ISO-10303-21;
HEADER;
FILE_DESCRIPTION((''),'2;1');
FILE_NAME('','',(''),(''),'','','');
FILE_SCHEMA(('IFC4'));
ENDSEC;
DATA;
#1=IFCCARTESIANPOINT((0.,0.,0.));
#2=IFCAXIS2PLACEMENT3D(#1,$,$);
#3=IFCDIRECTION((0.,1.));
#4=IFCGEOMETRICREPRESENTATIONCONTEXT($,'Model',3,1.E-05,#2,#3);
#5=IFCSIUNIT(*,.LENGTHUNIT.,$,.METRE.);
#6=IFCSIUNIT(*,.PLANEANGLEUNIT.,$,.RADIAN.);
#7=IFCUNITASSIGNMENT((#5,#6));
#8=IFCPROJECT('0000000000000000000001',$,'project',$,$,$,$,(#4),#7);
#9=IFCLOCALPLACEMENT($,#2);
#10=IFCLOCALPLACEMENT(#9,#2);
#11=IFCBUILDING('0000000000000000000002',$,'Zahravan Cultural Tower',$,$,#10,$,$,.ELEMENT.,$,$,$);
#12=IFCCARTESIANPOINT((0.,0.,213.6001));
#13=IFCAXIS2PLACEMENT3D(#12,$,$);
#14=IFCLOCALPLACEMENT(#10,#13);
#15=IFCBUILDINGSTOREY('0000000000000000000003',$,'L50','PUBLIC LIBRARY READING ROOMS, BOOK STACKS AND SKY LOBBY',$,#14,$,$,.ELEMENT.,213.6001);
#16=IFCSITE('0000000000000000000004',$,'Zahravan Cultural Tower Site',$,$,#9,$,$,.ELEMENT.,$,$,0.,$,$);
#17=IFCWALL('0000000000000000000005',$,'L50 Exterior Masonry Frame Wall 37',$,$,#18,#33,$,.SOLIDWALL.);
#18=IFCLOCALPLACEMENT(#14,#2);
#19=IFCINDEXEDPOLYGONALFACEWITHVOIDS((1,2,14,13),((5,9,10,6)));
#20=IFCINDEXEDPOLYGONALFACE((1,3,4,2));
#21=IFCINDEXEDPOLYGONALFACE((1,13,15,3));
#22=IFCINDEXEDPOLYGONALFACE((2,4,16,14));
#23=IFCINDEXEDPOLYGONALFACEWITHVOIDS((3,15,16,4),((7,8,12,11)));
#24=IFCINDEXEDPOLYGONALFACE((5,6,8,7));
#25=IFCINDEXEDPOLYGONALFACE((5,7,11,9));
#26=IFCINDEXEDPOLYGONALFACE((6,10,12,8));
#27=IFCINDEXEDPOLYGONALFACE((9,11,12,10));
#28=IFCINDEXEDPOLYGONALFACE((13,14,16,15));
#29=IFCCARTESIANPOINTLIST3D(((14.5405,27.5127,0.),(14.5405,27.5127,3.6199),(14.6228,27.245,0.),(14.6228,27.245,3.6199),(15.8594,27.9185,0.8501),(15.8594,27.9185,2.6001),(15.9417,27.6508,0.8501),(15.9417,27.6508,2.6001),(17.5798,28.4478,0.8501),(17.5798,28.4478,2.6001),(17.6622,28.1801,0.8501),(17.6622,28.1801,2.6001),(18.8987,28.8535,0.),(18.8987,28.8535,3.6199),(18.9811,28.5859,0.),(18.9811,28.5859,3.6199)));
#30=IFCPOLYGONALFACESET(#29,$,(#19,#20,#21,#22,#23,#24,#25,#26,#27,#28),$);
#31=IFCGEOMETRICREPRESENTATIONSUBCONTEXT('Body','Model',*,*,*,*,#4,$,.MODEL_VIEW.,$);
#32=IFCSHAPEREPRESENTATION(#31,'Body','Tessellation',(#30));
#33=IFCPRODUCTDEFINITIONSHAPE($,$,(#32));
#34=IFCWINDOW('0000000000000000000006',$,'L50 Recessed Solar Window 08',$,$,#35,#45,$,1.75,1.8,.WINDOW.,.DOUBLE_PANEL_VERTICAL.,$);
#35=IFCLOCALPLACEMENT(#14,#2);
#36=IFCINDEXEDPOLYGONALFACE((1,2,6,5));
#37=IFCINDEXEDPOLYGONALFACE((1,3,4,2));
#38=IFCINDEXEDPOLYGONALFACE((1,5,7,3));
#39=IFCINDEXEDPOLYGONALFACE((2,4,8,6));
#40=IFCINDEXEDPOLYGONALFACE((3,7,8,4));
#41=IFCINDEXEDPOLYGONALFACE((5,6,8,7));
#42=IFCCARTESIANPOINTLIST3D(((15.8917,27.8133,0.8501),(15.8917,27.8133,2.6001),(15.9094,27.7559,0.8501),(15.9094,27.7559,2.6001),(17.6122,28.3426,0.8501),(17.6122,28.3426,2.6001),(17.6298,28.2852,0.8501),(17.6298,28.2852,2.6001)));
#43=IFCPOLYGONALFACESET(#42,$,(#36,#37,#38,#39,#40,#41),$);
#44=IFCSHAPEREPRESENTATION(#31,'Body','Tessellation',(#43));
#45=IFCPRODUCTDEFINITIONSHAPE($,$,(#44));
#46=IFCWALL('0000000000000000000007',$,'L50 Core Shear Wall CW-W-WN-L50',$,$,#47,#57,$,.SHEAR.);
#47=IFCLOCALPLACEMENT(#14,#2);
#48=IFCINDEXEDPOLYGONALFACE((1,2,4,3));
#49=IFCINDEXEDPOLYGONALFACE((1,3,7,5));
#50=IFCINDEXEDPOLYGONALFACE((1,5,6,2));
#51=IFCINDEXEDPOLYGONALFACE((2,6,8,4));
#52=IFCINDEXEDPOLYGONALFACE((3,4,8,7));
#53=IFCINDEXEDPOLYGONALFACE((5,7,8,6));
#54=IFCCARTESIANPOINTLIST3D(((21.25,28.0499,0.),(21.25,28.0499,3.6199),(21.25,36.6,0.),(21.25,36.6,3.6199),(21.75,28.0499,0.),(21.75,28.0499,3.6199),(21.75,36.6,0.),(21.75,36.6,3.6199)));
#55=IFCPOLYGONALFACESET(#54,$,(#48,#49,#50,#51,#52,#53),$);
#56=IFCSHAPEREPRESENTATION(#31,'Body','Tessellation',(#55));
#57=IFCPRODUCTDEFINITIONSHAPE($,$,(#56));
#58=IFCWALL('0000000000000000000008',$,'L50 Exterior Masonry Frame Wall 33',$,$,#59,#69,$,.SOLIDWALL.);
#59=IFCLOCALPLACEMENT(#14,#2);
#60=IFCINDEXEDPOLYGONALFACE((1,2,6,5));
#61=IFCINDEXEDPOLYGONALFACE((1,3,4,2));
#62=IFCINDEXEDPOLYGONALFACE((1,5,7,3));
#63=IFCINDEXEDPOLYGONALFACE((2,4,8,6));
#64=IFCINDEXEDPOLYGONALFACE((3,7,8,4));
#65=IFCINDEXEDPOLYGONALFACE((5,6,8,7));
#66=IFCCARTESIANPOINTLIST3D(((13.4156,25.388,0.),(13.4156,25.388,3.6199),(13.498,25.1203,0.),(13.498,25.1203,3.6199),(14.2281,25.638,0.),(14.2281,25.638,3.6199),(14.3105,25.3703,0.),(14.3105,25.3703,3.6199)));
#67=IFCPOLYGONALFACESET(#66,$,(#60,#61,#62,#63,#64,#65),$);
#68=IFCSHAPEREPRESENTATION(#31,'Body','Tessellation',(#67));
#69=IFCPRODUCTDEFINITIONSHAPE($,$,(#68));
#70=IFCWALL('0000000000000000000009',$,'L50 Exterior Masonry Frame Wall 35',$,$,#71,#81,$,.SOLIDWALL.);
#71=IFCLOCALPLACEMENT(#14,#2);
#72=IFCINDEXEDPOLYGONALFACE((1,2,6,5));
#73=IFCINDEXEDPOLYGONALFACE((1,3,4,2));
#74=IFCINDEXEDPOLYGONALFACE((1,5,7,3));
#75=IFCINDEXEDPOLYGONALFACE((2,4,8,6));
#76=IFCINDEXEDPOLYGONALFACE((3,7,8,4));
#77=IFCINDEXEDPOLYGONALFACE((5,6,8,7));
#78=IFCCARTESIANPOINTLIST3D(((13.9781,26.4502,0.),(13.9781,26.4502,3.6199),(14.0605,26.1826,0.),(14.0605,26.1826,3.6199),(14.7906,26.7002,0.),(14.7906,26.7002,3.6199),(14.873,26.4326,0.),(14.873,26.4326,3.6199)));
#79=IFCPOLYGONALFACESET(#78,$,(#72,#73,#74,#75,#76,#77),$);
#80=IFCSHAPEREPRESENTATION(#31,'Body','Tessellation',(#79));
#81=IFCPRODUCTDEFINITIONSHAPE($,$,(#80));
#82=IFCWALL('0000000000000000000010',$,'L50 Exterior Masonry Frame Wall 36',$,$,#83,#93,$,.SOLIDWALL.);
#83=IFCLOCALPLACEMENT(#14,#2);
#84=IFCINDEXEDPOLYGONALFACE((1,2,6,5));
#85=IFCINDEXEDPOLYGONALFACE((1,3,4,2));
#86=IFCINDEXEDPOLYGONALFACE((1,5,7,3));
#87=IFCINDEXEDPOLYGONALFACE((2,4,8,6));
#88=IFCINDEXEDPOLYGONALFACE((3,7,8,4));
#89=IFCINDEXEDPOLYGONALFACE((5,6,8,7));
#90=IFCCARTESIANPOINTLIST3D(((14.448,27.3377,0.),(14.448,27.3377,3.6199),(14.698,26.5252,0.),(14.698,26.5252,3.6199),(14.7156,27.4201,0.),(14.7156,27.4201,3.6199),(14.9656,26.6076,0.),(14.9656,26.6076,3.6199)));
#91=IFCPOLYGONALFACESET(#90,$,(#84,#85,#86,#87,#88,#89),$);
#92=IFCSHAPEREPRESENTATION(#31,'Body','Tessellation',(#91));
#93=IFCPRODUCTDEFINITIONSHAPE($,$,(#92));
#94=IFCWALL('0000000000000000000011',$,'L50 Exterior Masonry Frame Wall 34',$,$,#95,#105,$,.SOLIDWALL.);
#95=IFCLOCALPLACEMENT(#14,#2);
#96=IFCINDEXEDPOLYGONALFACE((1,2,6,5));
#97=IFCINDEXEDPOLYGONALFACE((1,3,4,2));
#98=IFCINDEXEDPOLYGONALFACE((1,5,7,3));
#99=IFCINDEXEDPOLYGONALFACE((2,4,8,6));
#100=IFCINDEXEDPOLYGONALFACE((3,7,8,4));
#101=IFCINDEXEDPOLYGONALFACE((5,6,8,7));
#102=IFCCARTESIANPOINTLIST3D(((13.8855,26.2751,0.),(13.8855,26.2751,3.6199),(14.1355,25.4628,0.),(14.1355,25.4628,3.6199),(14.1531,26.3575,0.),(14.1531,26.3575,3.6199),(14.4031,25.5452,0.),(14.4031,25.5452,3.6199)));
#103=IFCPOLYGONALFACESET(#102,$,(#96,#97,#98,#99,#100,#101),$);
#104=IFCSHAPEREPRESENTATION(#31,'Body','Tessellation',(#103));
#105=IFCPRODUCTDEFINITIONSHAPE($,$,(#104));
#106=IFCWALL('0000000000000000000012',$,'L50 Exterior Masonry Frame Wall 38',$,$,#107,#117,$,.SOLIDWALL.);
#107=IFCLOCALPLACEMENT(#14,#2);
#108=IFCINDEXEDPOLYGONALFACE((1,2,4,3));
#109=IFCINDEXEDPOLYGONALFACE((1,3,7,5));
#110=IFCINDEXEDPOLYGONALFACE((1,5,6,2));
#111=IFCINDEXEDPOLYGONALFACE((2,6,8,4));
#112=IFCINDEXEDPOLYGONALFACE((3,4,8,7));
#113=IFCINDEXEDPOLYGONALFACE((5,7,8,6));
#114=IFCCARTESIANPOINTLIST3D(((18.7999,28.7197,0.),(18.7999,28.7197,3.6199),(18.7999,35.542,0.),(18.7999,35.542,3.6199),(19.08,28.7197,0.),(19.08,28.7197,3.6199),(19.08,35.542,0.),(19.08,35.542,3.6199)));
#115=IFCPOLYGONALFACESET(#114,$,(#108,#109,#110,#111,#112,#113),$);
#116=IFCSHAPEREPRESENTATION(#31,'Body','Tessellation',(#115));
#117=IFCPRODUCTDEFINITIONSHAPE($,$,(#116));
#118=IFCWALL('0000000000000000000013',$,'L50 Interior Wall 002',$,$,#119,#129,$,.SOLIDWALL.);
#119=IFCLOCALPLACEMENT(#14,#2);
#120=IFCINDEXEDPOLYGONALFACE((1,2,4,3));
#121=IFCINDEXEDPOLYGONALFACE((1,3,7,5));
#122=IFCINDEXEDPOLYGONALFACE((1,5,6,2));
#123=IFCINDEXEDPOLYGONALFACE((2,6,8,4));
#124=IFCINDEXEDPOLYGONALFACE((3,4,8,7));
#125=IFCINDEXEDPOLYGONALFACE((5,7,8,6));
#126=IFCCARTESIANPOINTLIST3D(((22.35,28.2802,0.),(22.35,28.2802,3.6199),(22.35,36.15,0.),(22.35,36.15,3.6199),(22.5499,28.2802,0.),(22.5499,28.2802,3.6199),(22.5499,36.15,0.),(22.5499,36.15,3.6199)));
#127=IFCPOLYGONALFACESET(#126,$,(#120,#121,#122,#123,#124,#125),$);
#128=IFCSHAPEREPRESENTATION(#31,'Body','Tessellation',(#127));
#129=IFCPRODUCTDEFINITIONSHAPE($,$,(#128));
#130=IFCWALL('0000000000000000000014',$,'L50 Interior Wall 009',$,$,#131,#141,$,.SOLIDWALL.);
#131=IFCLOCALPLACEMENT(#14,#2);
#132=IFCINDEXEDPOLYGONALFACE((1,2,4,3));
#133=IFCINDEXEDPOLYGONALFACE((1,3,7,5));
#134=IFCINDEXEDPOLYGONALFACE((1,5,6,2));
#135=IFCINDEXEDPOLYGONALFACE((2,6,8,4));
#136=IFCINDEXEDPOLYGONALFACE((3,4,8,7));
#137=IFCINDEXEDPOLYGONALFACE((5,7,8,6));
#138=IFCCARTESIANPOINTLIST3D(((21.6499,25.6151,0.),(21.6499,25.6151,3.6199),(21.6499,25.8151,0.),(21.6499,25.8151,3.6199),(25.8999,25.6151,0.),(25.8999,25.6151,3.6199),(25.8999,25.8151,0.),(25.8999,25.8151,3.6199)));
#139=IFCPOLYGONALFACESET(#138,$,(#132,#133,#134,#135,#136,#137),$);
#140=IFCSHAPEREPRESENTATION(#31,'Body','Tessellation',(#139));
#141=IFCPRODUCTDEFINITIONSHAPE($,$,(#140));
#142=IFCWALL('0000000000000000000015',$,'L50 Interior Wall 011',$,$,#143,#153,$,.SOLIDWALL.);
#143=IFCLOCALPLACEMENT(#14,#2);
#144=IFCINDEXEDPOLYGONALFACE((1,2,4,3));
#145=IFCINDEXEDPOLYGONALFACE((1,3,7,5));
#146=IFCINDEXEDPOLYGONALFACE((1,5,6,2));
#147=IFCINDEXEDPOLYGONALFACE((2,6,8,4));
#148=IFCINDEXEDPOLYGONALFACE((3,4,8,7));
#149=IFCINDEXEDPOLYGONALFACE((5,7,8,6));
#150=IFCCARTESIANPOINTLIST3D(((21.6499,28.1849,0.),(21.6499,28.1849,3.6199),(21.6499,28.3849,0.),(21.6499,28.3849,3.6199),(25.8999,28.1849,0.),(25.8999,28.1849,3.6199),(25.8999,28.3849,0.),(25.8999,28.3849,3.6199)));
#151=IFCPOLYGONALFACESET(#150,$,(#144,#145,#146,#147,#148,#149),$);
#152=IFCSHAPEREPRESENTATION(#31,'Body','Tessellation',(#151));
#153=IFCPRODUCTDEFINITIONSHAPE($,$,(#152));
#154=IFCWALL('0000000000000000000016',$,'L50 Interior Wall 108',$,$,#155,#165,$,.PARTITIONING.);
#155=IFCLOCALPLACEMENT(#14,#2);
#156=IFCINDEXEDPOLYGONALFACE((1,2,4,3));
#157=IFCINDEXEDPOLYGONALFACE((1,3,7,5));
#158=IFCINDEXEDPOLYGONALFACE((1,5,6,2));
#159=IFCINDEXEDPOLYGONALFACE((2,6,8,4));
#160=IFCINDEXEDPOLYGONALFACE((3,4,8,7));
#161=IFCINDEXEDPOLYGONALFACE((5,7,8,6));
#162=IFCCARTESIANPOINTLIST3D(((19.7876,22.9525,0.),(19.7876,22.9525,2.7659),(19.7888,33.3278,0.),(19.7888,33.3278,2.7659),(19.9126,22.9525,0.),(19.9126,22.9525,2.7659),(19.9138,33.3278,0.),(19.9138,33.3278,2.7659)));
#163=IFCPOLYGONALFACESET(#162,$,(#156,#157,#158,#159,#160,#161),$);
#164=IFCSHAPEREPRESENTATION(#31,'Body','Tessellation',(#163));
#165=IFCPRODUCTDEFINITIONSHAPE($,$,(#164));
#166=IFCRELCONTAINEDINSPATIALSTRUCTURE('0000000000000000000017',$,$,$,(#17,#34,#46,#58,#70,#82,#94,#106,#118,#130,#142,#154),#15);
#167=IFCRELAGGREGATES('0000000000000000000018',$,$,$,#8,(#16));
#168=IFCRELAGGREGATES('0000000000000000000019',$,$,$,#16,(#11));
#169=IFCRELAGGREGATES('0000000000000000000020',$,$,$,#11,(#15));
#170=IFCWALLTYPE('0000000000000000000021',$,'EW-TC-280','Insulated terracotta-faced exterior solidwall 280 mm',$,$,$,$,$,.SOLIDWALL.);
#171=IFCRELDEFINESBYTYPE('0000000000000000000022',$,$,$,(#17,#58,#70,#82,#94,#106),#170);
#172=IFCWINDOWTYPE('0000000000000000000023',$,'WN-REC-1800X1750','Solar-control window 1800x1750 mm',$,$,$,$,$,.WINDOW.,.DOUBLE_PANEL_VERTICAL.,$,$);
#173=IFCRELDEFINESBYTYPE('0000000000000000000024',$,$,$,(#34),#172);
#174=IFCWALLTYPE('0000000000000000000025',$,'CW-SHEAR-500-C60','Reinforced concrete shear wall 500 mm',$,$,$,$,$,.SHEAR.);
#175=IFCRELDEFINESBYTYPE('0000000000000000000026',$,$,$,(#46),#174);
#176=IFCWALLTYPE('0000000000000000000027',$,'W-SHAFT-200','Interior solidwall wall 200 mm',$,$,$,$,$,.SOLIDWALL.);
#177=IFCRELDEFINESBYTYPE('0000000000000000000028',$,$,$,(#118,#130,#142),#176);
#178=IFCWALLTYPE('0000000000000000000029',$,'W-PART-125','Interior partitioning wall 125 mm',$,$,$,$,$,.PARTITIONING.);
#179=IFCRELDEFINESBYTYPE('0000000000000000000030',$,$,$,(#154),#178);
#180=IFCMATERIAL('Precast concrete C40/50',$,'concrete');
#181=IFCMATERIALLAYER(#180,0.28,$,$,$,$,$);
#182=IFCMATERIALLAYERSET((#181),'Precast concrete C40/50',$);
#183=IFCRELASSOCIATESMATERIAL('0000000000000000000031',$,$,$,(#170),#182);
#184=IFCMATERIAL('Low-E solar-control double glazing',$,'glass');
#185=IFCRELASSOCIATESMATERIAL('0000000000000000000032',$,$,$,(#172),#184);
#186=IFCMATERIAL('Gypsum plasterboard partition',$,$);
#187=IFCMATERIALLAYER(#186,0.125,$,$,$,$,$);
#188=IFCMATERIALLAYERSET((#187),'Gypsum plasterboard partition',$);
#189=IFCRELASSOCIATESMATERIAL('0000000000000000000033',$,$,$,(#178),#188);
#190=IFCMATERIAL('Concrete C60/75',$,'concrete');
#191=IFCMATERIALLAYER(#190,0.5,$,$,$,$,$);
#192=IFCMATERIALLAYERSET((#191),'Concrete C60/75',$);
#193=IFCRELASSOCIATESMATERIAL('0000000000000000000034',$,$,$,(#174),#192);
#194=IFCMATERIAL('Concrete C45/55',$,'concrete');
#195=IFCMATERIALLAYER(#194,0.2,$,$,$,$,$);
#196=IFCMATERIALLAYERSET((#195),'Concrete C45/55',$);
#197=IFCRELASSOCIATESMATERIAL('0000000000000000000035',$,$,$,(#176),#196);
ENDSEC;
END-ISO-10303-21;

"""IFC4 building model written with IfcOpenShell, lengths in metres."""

from ifc_helpers import new_model, si_unit, direction, frame, frame_2d, origin, place, context, subcontext, project, spatial, rectangle, extrude, source, transform, mapped, material, layer, layer_set, type_object, element, fill, save


model = new_model("IFC4")

# Units and contexts
model_context = context("Model", 3, precision=1e-05, world=origin(), true_north=direction((0.0, 1.0)))
body_context = subcontext(model_context, "Body", "Model", "MODEL_VIEW")
ifc_project = project(units=[si_unit("LENGTHUNIT", "METRE"), si_unit("PLANEANGLEUNIT", "RADIAN")], contexts=[model_context])

# Site, building, storey
site_placement = place(None, origin())
site = spatial("IfcSite", under=ifc_project, at=site_placement, Name="Zahravan Cultural Tower Site", CompositionType="ELEMENT", RefElevation=0.0)
building_placement = place(site_placement, origin())
building = spatial("IfcBuilding", under=site, at=building_placement, Name="Zahravan Cultural Tower", CompositionType="ELEMENT")
storey_placement = place(building_placement, frame((0.0, 0.0, 213.6001)))
storey = spatial("IfcBuildingStorey", under=building, at=storey_placement, Name="L50", Description="PUBLIC LIBRARY READING ROOMS, BOOK STACKS AND SKY LOBBY", CompositionType="ELEMENT", Elevation=213.6001)

# Wall, opening, window
ifc_material_1 = material(Name="Precast concrete C40/50", Category="concrete")
ifc_layer_1 = layer(ifc_material_1, 0.28)
ifc_layer_set_1 = layer_set([ifc_layer_1], Name="Precast concrete C40/50")
wall_type_1 = type_object("IfcWallType", Name="EW-TC-280", Description="Insulated terracotta-faced exterior solidwall 280 mm", PredefinedType="SOLIDWALL", material=ifc_layer_set_1)
wall_1_placement = place(storey_placement, frame((14.5818, 27.3789, 0.0), z_axis=(0.0, 0.0, 1.0), x_axis=(0.955788, 0.294056, 0.0)))
wall_1 = element("IfcWall", 1, at=wall_1_placement, inside=storey, type_object=wall_type_1, Name="L50 Exterior Masonry Frame Wall 37", PredefinedType="SOLIDWALL", context=body_context, shape_type="SweptSolid", body=[
    extrude(rectangle(XDim=4.5598, YDim=0.28, at=frame_2d((2.2798, 0.0))), origin(), (0.0, 0.0, 1.0), 3.6199),
])
opening_1_placement = place(wall_1_placement, frame((1.3799, 0.0, 0.8501)))
opening_1 = element("IfcOpeningElement", 2, at=opening_1_placement, cuts=wall_1, PredefinedType="OPENING", context=body_context, shape_type="SweptSolid", body=[
    extrude(rectangle(XDim=1.8, YDim=1.75, at=frame_2d((0.8999, 0.875))), frame((0.0, 0.1499, 0.0), z_axis=(0.0, -1.0, 0.0), x_axis=(1.0, 0.0, 0.0)), (0.0, 0.0, 1.0), 0.3),
])
ifc_material_2 = material(Name="Low-E solar-control double glazing", Category="glass")
window_type = type_object("IfcWindowType", Name="WN-REC-1800X1750", Description="Solar-control window 1800x1750 mm", PartitioningType="DOUBLE_PANEL_VERTICAL", PredefinedType="WINDOW", material=ifc_material_2)
shared_shape_1 = source(origin(), body_context, "Body", "SweptSolid", [
    extrude(rectangle(XDim=1.8, YDim=1.75, at=frame_2d((0.8999, 0.875))), frame((0.0, 0.03, 0.0), z_axis=(0.0, -1.0, 0.0), x_axis=(1.0, 0.0, 0.0)), (0.0, 0.0, 1.0), 0.0601),
])
window_placement = place(opening_1_placement, origin())
window = element("IfcWindow", 3, at=window_placement, inside=storey, type_object=window_type, Name="L50 Recessed Solar Window 08", OverallHeight=1.75, OverallWidth=1.8, PartitioningType="DOUBLE_PANEL_VERTICAL", PredefinedType="WINDOW", context=body_context, shape_type="MappedRepresentation", body=[
    mapped(shared_shape_1, transform((0.0, 0.0, 0.0), x_axis=(1.0, 0.0, 0.0), y_axis=(0.0, 1.0, 0.0), z_axis=(0.0, 0.0, 1.0), scale=1.0)),
])
fill(opening_1, window)

# Shared definitions
ifc_material_3 = material(Name="Gypsum plasterboard partition")
ifc_layer_2 = layer(ifc_material_3, 0.125)
ifc_layer_set_2 = layer_set([ifc_layer_2], Name="Gypsum plasterboard partition")
wall_type_2 = type_object("IfcWallType", Name="W-PART-125", Description="Interior partitioning wall 125 mm", PredefinedType="PARTITIONING", material=ifc_layer_set_2)

# Walls
ifc_material_4 = material(Name="Concrete C60/75", Category="concrete")
ifc_layer_3 = layer(ifc_material_4, 0.5)
ifc_layer_set_3 = layer_set([ifc_layer_3], Name="Concrete C60/75")
wall_type_3 = type_object("IfcWallType", Name="CW-SHEAR-500-C60", Description="Reinforced concrete shear wall 500 mm", PredefinedType="SHEAR", material=ifc_layer_set_3)
shared_shape_2 = source(origin(), body_context, "Body", "SweptSolid", [
    extrude(rectangle(XDim=8.55, YDim=0.5, at=frame_2d((4.2749, 0.0))), origin(), (0.0, 0.0, 1.0), 3.6199),
])
wall_2_placement = place(storey_placement, frame((21.5, 28.05, 0.0), z_axis=(0.0, 0.0, 1.0), x_axis=(0.0, 1.0, 0.0)))
element("IfcWall", 4, at=wall_2_placement, inside=storey, type_object=wall_type_3, Name="L50 Core Shear Wall CW-W-WN-L50", PredefinedType="SHEAR", context=body_context, shape_type="MappedRepresentation", body=[
    mapped(shared_shape_2, transform((0.0, 0.0, 0.0), x_axis=(1.0, 0.0, 0.0), y_axis=(0.0, 1.0, 0.0), z_axis=(0.0, 0.0, 1.0), scale=1.0)),
])
shared_shape_3 = source(origin(), body_context, "Body", "SweptSolid", [
    extrude(rectangle(XDim=0.8501, YDim=0.28, at=frame_2d((0.425, 0.0))), origin(), (0.0, 0.0, 1.0), 3.6199),
])
for number, where, z_axis, x_axis, name in (
    (5, (13.4568, 25.2542, 0.0), (0.0, 0.0, 1.0), (0.955779, 0.294086, 0.0), "L50 Exterior Masonry Frame Wall 33"),
    (6, (14.0193, 26.3164, 0.0), (0.0, 0.0, 1.0), (0.955779, 0.294086, 0.0), "L50 Exterior Masonry Frame Wall 35"),
    (7, (14.8318, 26.5664, 0.0), (0.0, 0.0, 1.0), (-0.294086, 0.955779, 0.0), "L50 Exterior Masonry Frame Wall 36"),
):
    element("IfcWall", number, at=place(storey_placement, frame(where, z_axis=z_axis, x_axis=x_axis)), inside=storey, type_object=wall_type_1, Name=name, PredefinedType="SOLIDWALL", context=body_context, shape_type="MappedRepresentation", body=[
        mapped(shared_shape_3, transform((0.0, 0.0, 0.0), x_axis=(1.0, 0.0, 0.0), y_axis=(0.0, 1.0, 0.0), z_axis=(0.0, 0.0, 1.0), scale=1.0)),
    ])
shared_shape_4 = source(origin(), body_context, "Body", "SweptSolid", [
    extrude(rectangle(XDim=0.8499, YDim=0.28, at=frame_2d((0.4248, 0.0))), origin(), (0.0, 0.0, 1.0), 3.6199),
])
wall_3_placement = place(storey_placement, frame((14.2693, 25.5042, 0.0), z_axis=(0.0, 0.0, 1.0), x_axis=(-0.294167, 0.955754, 0.0)))
element("IfcWall", 8, at=wall_3_placement, inside=storey, type_object=wall_type_1, Name="L50 Exterior Masonry Frame Wall 34", PredefinedType="SOLIDWALL", context=body_context, shape_type="MappedRepresentation", body=[
    mapped(shared_shape_4, transform((0.0, 0.0, 0.0), x_axis=(1.0, 0.0, 0.0), y_axis=(0.0, 1.0, 0.0), z_axis=(0.0, 0.0, 1.0), scale=1.0)),
])
shared_shape_5 = source(origin(), body_context, "Body", "SweptSolid", [
    extrude(rectangle(XDim=6.8223, YDim=0.28, at=frame_2d((3.4111, 0.0))), origin(), (0.0, 0.0, 1.0), 3.6199),
])
wall_4_placement = place(storey_placement, frame((18.9399, 28.7197, 0.0), z_axis=(0.0, 0.0, 1.0), x_axis=(0.0, 1.0, 0.0)))
element("IfcWall", 9, at=wall_4_placement, inside=storey, type_object=wall_type_1, Name="L50 Exterior Masonry Frame Wall 38", PredefinedType="SOLIDWALL", context=body_context, shape_type="MappedRepresentation", body=[
    mapped(shared_shape_5, transform((0.0, 0.0, 0.0), x_axis=(1.0, 0.0, 0.0), y_axis=(0.0, 1.0, 0.0), z_axis=(0.0, 0.0, 1.0), scale=1.0)),
])
ifc_material_5 = material(Name="Concrete C45/55", Category="concrete")
ifc_layer_4 = layer(ifc_material_5, 0.2)
ifc_layer_set_4 = layer_set([ifc_layer_4], Name="Concrete C45/55")
wall_type_4 = type_object("IfcWallType", Name="W-SHAFT-200", Description="Interior solidwall wall 200 mm", PredefinedType="SOLIDWALL", material=ifc_layer_set_4)
shared_shape_6 = source(origin(), body_context, "Body", "SweptSolid", [
    extrude(rectangle(XDim=7.8699, YDim=0.2, at=frame_2d((3.9351, 0.0))), origin(), (0.0, 0.0, 1.0), 3.6199),
])
wall_5_placement = place(storey_placement, frame((22.45, 28.28, 0.0), z_axis=(0.0, 0.0, 1.0), x_axis=(0.0, 1.0, 0.0)))
element("IfcWall", 10, at=wall_5_placement, inside=storey, type_object=wall_type_4, Name="L50 Interior Wall 002", PredefinedType="SOLIDWALL", context=body_context, shape_type="MappedRepresentation", body=[
    mapped(shared_shape_6, transform((0.0, 0.0, 0.0), x_axis=(1.0, 0.0, 0.0), y_axis=(0.0, 1.0, 0.0), z_axis=(0.0, 0.0, 1.0), scale=1.0)),
])
shared_shape_7 = source(origin(), body_context, "Body", "SweptSolid", [
    extrude(rectangle(XDim=4.25, YDim=0.2, at=frame_2d((2.125, 0.0))), origin(), (0.0, 0.0, 1.0), 3.6199),
])
for number, where, z_axis, x_axis, name in (
    (11, (21.6499, 25.7151, 0.0), (0.0, 0.0, 1.0), (1.0, 0.0, 0.0), "L50 Interior Wall 009"),
    (12, (21.6499, 28.2849, 0.0), (0.0, 0.0, 1.0), (1.0, 0.0, 0.0), "L50 Interior Wall 011"),
):
    element("IfcWall", number, at=place(storey_placement, frame(where, z_axis=z_axis, x_axis=x_axis)), inside=storey, type_object=wall_type_4, Name=name, PredefinedType="SOLIDWALL", context=body_context, shape_type="MappedRepresentation", body=[
        mapped(shared_shape_7, transform((0.0, 0.0, 0.0), x_axis=(1.0, 0.0, 0.0), y_axis=(0.0, 1.0, 0.0), z_axis=(0.0, 0.0, 1.0), scale=1.0)),
    ])
shared_shape_8 = source(origin(), body_context, "Body", "SweptSolid", [
    extrude(rectangle(XDim=10.3752, YDim=0.125, at=frame_2d((5.1875, 0.0))), origin(), (0.0, 0.0, 1.0), 2.7659),
])
wall_6_placement = place(storey_placement, frame((19.8513, 33.3276, 0.0), z_axis=(0.0, 0.0, 1.0), x_axis=(-0.000118, -1.0, 0.0)))
element("IfcWall", 13, at=wall_6_placement, inside=storey, type_object=wall_type_2, Name="L50 Interior Wall 108", PredefinedType="PARTITIONING", context=body_context, shape_type="MappedRepresentation", body=[
    mapped(shared_shape_8, transform((0.0, 0.0, 0.0), x_axis=(1.0, 0.0, 0.0), y_axis=(0.0, 1.0, 0.0), z_axis=(0.0, 0.0, 1.0), scale=1.0)),
])

save(model, "model.ifc")
